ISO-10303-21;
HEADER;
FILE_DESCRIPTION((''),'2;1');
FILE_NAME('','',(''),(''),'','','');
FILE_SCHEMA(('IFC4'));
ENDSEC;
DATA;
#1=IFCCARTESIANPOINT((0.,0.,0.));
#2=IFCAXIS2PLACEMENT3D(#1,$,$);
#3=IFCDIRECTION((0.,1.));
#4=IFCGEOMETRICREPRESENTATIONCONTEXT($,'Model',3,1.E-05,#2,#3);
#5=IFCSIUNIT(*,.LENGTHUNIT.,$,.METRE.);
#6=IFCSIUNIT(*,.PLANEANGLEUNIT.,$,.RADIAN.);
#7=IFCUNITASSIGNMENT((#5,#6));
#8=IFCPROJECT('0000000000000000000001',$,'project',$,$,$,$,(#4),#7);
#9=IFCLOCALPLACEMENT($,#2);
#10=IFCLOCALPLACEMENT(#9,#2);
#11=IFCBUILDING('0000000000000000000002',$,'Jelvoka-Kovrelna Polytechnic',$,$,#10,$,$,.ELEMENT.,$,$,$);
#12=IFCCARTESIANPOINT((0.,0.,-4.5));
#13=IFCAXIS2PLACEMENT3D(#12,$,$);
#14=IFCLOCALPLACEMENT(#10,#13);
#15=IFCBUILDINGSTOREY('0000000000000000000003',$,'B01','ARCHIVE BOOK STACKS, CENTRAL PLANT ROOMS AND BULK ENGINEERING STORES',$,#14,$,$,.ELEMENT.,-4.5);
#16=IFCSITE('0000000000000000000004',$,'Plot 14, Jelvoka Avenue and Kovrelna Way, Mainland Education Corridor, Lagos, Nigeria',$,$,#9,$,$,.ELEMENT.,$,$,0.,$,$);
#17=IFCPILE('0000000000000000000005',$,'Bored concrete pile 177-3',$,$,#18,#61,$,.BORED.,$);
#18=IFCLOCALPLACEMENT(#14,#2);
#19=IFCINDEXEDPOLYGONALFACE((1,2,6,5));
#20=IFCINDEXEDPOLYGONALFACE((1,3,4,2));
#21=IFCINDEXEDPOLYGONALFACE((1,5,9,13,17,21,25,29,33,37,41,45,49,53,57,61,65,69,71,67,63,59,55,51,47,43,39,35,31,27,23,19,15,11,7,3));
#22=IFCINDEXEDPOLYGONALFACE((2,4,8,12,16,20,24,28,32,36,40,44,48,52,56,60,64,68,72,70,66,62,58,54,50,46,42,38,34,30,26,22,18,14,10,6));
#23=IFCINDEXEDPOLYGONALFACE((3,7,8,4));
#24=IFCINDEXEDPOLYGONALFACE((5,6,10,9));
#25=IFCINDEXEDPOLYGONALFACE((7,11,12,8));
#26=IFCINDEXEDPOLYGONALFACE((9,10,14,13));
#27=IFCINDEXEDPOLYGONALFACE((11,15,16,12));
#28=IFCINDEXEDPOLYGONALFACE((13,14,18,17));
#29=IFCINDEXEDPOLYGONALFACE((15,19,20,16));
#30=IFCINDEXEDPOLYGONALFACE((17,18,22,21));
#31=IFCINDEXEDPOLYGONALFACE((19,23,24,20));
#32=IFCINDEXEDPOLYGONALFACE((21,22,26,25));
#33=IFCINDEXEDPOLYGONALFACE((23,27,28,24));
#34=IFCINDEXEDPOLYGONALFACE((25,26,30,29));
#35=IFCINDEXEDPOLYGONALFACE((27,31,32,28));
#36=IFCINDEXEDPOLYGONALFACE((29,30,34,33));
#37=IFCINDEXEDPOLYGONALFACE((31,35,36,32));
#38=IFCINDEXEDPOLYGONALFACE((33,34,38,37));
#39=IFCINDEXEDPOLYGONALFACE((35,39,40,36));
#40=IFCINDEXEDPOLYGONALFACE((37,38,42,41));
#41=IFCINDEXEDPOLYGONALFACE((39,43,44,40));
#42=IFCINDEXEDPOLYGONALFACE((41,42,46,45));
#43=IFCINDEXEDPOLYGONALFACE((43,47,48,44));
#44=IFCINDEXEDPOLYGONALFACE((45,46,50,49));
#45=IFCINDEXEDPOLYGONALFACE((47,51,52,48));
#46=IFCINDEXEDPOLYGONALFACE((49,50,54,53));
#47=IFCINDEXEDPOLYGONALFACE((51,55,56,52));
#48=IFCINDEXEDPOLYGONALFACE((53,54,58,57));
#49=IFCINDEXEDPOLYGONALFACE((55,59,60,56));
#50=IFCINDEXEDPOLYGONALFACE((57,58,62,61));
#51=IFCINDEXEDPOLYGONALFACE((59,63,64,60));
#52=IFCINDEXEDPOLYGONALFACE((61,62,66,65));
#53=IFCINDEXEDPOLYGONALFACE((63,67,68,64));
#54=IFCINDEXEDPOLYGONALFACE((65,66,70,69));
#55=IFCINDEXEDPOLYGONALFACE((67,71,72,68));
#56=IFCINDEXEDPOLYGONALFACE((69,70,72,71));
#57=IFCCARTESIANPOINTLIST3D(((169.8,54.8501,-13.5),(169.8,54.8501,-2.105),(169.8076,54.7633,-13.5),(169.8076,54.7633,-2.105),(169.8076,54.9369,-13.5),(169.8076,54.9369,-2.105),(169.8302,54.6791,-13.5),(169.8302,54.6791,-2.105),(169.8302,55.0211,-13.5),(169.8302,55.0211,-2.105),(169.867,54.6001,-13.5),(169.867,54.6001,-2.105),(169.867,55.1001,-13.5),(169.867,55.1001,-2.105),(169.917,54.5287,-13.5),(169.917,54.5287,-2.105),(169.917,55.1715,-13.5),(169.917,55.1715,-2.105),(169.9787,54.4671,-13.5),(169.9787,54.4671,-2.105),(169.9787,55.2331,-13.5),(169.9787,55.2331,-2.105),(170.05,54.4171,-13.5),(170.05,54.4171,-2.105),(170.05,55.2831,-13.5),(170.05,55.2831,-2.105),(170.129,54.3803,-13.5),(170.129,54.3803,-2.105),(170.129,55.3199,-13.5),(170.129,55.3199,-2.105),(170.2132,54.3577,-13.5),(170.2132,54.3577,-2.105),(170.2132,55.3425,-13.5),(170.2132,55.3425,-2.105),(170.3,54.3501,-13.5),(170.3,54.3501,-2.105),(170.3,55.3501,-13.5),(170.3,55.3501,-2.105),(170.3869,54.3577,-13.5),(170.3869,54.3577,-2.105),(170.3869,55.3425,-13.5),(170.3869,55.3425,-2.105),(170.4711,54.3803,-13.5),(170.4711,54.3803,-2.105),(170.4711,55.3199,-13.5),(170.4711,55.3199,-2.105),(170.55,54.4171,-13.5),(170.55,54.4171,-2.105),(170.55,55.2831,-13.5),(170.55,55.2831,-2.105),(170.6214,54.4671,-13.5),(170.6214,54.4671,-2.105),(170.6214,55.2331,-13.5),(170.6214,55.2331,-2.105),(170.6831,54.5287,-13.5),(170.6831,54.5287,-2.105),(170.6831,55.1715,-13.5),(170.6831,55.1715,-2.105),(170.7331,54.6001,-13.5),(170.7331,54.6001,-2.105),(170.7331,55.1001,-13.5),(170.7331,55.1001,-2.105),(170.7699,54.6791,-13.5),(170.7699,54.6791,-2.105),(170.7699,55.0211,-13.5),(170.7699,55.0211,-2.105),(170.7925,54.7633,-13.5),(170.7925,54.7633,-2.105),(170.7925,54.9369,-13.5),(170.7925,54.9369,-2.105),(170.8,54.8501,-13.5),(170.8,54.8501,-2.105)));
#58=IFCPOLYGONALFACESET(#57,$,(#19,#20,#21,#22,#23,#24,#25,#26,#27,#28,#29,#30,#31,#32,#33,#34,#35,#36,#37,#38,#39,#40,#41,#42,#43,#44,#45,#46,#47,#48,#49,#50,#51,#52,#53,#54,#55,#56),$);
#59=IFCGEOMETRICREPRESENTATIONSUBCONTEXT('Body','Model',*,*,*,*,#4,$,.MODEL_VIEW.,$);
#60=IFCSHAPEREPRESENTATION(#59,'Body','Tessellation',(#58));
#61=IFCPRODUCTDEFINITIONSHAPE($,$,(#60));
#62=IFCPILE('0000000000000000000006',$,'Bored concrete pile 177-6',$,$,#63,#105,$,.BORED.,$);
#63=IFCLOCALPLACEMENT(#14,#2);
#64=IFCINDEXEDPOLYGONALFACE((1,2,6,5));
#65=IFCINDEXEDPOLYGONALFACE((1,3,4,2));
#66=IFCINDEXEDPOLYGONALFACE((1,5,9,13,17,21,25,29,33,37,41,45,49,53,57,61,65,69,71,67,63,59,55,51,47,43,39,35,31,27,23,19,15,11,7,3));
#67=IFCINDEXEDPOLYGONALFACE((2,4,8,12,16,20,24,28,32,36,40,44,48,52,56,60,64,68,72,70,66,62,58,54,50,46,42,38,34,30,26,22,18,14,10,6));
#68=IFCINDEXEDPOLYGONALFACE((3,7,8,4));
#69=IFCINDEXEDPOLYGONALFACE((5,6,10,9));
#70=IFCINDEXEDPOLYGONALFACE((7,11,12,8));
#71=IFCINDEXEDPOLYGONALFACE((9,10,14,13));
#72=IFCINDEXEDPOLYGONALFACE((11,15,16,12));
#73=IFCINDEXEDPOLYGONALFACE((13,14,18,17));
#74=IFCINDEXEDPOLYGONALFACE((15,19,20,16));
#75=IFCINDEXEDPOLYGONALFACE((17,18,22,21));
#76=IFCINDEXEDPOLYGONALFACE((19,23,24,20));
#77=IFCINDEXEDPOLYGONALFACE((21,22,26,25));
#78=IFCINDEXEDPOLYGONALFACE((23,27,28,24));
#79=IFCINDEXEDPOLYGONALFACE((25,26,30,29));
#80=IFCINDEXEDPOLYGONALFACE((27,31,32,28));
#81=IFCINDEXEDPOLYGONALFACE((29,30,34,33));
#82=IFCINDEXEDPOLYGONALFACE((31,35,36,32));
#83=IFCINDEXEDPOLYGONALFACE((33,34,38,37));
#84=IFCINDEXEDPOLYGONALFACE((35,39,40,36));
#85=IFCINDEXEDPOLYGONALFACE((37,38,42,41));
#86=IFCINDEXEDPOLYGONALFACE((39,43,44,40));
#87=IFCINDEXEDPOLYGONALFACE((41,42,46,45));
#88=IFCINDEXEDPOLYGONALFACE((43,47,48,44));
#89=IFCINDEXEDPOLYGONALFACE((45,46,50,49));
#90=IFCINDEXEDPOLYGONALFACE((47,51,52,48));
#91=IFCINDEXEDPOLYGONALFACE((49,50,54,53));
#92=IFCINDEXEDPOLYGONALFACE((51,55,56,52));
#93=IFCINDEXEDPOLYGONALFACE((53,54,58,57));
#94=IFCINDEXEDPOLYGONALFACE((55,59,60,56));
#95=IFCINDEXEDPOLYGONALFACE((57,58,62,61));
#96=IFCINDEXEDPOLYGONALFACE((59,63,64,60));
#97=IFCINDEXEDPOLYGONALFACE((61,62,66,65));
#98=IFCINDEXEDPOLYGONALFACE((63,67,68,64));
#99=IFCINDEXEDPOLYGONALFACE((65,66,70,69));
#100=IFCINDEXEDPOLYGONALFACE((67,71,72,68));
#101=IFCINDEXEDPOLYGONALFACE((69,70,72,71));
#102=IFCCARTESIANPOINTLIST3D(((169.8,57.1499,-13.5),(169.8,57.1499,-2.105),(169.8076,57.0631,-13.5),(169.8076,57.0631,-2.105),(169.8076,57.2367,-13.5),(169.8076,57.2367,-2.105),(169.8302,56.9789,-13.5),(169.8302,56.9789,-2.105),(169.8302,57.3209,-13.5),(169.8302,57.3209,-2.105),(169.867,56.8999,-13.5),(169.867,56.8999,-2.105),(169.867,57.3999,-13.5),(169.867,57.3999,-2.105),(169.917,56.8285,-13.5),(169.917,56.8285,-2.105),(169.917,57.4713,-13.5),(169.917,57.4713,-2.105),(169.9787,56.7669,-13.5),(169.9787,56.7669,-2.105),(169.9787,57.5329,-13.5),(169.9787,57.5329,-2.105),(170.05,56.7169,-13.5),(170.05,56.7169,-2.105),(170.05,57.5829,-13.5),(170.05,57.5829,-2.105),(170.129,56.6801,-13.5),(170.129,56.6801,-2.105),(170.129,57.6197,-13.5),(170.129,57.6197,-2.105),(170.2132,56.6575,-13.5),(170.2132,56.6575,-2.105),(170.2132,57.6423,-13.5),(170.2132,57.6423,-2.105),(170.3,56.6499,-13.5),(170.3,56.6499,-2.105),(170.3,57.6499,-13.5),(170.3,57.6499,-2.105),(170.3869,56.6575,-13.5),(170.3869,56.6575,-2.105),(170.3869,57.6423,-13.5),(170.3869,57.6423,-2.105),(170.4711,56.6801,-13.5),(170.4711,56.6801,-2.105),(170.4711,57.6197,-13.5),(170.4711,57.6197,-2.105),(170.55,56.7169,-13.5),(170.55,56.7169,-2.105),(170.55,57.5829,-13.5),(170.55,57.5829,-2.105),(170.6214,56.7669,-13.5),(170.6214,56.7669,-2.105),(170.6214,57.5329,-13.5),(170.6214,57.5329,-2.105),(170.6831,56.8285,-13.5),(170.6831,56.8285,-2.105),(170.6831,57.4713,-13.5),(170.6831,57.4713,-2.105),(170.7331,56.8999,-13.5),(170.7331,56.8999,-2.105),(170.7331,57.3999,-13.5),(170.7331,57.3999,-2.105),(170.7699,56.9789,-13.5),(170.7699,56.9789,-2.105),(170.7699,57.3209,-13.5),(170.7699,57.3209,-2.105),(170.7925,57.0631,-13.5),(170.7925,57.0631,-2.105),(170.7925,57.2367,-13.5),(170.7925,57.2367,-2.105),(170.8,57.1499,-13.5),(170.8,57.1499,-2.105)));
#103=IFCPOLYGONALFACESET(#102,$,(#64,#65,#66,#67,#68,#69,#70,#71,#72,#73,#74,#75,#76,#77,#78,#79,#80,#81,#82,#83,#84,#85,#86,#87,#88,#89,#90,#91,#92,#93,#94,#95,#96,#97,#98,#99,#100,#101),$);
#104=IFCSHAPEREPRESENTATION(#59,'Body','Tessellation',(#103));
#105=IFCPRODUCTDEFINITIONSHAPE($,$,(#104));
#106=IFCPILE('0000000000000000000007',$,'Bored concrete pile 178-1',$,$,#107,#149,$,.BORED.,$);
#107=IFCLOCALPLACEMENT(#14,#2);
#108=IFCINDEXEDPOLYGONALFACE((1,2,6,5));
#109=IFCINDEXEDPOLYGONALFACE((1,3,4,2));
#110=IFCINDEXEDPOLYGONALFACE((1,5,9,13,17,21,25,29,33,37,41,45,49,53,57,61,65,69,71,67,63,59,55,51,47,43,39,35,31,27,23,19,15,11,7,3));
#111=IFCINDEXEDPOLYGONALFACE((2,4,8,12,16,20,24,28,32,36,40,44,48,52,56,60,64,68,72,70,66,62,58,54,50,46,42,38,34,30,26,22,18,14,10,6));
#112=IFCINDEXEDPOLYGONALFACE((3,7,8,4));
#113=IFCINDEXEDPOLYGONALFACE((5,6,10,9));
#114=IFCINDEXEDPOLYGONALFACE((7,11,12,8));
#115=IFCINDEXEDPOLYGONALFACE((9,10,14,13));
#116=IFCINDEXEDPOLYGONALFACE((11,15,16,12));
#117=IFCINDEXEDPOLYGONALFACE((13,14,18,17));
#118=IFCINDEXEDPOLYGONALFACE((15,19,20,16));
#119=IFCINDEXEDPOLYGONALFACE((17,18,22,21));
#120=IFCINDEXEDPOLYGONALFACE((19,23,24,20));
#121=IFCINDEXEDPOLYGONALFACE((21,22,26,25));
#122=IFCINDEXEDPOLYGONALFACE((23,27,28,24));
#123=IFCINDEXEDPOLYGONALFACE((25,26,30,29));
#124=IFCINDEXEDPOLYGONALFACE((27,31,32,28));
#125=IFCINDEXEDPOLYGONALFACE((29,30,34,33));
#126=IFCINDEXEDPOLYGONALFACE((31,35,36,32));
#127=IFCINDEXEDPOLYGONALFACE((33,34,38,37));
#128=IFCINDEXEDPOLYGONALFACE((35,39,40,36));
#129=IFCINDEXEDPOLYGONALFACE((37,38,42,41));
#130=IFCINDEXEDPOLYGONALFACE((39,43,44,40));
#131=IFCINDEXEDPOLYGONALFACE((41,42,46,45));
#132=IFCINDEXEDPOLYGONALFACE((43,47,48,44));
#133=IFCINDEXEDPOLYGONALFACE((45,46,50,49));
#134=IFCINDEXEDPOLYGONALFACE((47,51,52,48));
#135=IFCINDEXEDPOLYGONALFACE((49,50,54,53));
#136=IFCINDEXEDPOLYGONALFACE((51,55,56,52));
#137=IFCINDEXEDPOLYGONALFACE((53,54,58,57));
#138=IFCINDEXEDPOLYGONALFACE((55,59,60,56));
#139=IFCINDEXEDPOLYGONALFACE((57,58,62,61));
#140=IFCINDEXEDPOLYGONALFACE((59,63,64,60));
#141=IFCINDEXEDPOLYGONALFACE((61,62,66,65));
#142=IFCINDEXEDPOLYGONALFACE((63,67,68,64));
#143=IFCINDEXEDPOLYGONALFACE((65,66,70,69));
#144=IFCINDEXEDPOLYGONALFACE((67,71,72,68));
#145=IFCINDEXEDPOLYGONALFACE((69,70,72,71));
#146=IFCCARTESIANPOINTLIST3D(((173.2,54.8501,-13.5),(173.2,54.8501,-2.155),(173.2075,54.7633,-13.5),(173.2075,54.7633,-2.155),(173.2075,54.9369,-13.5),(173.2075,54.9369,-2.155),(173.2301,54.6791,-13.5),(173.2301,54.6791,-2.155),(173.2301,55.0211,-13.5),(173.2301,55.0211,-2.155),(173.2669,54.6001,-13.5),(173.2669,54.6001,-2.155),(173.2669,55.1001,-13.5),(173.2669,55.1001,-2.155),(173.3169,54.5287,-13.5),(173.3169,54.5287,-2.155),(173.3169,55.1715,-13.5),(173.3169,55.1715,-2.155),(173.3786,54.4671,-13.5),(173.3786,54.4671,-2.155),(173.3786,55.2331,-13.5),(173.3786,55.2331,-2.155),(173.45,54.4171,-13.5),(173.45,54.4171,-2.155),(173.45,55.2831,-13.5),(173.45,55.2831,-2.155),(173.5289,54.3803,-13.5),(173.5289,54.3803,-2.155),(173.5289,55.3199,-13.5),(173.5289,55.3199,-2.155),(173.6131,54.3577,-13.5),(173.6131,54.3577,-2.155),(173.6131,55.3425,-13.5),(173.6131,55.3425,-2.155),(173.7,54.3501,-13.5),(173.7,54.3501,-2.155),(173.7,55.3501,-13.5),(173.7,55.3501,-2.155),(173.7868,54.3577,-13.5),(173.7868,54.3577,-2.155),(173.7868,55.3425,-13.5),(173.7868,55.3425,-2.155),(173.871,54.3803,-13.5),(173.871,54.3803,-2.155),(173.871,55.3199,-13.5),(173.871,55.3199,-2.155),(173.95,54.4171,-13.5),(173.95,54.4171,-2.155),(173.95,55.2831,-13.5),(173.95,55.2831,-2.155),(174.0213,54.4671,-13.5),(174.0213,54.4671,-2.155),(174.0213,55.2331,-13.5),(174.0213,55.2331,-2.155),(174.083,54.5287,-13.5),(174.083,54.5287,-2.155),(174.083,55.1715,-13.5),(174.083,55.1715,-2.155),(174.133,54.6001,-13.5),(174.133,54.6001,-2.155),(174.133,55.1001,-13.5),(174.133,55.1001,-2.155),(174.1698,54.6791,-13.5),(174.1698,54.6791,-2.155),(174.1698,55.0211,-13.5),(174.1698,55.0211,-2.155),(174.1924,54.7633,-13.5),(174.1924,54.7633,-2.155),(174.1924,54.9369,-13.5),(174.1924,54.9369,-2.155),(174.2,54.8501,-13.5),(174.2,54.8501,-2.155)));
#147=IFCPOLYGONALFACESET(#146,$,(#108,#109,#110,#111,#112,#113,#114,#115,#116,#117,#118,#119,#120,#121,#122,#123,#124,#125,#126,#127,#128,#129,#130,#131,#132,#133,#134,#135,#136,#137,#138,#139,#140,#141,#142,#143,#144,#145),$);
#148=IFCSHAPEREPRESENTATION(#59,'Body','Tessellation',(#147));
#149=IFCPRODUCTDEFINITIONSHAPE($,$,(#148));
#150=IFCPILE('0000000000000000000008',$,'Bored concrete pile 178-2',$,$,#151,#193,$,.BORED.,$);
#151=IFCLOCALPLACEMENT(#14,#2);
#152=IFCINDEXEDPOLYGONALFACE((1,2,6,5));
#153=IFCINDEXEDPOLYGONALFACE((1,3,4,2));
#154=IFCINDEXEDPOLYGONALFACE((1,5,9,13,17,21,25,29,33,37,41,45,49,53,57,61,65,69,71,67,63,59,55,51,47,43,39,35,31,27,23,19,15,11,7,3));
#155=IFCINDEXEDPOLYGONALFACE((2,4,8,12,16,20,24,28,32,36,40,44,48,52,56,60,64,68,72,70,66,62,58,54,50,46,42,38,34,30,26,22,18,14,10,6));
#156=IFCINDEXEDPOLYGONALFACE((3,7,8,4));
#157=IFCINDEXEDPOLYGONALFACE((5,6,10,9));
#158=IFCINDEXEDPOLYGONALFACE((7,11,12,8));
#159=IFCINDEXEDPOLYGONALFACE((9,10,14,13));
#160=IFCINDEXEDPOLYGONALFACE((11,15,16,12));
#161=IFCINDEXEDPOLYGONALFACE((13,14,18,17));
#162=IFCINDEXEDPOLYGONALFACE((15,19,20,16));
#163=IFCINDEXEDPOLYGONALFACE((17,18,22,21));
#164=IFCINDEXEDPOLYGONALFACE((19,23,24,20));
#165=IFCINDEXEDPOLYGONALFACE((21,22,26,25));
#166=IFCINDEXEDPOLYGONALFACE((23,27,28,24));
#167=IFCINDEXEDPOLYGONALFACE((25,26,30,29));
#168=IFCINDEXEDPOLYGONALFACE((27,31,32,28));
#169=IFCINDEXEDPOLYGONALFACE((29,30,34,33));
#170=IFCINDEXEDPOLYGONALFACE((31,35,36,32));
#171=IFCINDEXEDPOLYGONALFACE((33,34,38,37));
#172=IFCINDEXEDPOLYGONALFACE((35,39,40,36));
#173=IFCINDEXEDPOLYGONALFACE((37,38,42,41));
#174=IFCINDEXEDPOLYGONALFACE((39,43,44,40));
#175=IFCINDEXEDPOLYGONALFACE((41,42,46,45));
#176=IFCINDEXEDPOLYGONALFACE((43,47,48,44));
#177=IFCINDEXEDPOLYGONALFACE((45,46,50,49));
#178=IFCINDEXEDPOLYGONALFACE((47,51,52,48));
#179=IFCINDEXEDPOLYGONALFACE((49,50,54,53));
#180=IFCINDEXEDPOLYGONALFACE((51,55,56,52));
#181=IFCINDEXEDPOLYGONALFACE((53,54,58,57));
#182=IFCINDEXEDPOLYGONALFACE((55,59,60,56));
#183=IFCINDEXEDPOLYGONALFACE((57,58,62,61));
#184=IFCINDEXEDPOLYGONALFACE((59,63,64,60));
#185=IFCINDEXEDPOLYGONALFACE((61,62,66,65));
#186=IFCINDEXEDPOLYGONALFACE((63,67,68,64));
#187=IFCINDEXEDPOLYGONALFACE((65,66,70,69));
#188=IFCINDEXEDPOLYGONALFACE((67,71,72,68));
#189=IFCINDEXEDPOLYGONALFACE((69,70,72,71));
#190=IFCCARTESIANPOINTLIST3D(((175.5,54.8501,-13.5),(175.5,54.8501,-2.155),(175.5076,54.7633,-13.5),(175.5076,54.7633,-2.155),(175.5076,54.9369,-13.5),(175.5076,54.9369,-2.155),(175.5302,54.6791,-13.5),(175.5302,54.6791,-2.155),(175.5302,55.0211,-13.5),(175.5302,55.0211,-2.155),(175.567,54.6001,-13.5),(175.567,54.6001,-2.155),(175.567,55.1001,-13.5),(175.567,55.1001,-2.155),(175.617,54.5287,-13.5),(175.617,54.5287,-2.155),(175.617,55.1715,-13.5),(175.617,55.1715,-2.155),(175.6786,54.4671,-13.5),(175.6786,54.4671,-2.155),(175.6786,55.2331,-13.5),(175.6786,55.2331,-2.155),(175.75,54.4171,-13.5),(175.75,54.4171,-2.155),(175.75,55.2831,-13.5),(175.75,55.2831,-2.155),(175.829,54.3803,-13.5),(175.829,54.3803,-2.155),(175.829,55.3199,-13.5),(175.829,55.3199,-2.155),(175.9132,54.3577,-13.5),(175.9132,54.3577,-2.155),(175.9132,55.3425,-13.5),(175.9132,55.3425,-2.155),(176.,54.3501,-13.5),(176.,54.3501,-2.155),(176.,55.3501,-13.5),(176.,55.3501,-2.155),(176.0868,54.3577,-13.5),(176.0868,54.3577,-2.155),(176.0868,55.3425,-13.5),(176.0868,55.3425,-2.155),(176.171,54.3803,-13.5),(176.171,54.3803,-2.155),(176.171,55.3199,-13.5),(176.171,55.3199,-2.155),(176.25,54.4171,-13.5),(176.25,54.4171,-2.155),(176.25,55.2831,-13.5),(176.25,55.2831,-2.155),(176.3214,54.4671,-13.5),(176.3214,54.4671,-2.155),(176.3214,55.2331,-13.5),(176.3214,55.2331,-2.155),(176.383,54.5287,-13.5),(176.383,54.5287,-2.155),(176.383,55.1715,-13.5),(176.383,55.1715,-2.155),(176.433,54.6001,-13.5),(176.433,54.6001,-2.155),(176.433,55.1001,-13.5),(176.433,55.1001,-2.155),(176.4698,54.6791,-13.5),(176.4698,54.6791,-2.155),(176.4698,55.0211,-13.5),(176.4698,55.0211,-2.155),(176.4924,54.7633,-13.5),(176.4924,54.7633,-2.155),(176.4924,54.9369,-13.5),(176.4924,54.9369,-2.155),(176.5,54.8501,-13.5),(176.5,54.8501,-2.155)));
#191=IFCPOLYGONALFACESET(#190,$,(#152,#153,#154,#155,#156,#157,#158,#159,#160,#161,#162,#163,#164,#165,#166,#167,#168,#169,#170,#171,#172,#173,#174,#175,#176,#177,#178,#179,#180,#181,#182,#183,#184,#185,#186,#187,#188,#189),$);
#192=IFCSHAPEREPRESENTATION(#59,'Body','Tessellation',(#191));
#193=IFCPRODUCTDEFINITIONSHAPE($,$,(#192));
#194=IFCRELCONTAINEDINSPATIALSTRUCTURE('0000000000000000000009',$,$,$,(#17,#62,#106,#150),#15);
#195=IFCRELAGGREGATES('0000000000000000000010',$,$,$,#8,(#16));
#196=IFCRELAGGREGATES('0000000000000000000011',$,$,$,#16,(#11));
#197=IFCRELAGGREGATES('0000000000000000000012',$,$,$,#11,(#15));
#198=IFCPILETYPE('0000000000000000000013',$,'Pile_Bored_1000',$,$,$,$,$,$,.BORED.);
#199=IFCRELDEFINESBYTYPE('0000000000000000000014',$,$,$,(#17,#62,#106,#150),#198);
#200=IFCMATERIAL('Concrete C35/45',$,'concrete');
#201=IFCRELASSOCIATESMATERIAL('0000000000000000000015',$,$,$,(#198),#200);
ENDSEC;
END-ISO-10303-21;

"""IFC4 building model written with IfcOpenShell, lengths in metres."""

from ifc_helpers import new_model, si_unit, direction, frame, origin, origin_2d, place, context, subcontext, project, spatial, circle, extrude, material, material_profile, profile_set, type_object, element, save


model = new_model("IFC4")

# Units and contexts
model_context = context("Model", 3, precision=1e-05, world=origin(), true_north=direction((0.0, 1.0)))
body_context = subcontext(model_context, "Body", "Model", "MODEL_VIEW")
ifc_project = project(units=[si_unit("LENGTHUNIT", "METRE"), si_unit("PLANEANGLEUNIT", "RADIAN")], contexts=[model_context])

# Site, building, storey
site_placement = place(None, origin())
site = spatial("IfcSite", under=ifc_project, at=site_placement, Name="Plot 14, Jelvoka Avenue and Kovrelna Way, Mainland Education Corridor, Lagos, Nigeria", CompositionType="ELEMENT", RefElevation=0.0)
building_placement = place(site_placement, origin())
building = spatial("IfcBuilding", under=site, at=building_placement, Name="Jelvoka-Kovrelna Polytechnic", CompositionType="ELEMENT")
storey_placement = place(building_placement, frame((0.0, 0.0, -4.5)))
storey = spatial("IfcBuildingStorey", under=building, at=storey_placement, Name="B01", Description="ARCHIVE BOOK STACKS, CENTRAL PLANT ROOMS AND BULK ENGINEERING STORES", CompositionType="ELEMENT", Elevation=-4.5)

# Piles
ifc_material_1 = material(Name="Concrete C35/45", Category="concrete")
ifc_material_profile_1 = material_profile(ifc_material_1, circle(Radius=0.5, at=origin_2d()), Name="PILE D1000")
ifc_profile_set_1 = profile_set([ifc_material_profile_1], Name="Concrete C35/45")
pile_type = type_object("IfcPileType", Name="Pile_Bored_1000", PredefinedType="BORED", material=ifc_profile_set_1)
for number, where, z_axis, x_axis, name in (
    (1, (170.3, 54.8501, -2.105), (0.0, 0.0, -1.0), (1.0, 0.0, 0.0), "Bored concrete pile 177-3"),
    (2, (170.3, 57.1499, -2.105), (0.0, 0.0, -1.0), (1.0, 0.0, 0.0), "Bored concrete pile 177-6"),
):
    element("IfcPile", number, at=place(storey_placement, frame(where, z_axis=z_axis, x_axis=x_axis)), inside=storey, type_object=pile_type, Name=name, PredefinedType="BORED", context=body_context, shape_type="SweptSolid", body=[
        extrude(circle(Radius=0.5, at=origin_2d()), origin(), (0.0, 0.0, 1.0), 11.395),
    ])
for number, where, z_axis, x_axis, name in (
    (3, (173.7, 54.8501, -2.155), (0.0, 0.0, -1.0), (1.0, 0.0, 0.0), "Bored concrete pile 178-1"),
    (4, (176.0, 54.8501, -2.155), (0.0, 0.0, -1.0), (1.0, 0.0, 0.0), "Bored concrete pile 178-2"),
):
    element("IfcPile", number, at=place(storey_placement, frame(where, z_axis=z_axis, x_axis=x_axis)), inside=storey, type_object=pile_type, Name=name, PredefinedType="BORED", context=body_context, shape_type="SweptSolid", body=[
        extrude(circle(Radius=0.5, at=origin_2d()), origin(), (0.0, 0.0, 1.0), 11.345),
    ])

save(model, "model.ifc")
